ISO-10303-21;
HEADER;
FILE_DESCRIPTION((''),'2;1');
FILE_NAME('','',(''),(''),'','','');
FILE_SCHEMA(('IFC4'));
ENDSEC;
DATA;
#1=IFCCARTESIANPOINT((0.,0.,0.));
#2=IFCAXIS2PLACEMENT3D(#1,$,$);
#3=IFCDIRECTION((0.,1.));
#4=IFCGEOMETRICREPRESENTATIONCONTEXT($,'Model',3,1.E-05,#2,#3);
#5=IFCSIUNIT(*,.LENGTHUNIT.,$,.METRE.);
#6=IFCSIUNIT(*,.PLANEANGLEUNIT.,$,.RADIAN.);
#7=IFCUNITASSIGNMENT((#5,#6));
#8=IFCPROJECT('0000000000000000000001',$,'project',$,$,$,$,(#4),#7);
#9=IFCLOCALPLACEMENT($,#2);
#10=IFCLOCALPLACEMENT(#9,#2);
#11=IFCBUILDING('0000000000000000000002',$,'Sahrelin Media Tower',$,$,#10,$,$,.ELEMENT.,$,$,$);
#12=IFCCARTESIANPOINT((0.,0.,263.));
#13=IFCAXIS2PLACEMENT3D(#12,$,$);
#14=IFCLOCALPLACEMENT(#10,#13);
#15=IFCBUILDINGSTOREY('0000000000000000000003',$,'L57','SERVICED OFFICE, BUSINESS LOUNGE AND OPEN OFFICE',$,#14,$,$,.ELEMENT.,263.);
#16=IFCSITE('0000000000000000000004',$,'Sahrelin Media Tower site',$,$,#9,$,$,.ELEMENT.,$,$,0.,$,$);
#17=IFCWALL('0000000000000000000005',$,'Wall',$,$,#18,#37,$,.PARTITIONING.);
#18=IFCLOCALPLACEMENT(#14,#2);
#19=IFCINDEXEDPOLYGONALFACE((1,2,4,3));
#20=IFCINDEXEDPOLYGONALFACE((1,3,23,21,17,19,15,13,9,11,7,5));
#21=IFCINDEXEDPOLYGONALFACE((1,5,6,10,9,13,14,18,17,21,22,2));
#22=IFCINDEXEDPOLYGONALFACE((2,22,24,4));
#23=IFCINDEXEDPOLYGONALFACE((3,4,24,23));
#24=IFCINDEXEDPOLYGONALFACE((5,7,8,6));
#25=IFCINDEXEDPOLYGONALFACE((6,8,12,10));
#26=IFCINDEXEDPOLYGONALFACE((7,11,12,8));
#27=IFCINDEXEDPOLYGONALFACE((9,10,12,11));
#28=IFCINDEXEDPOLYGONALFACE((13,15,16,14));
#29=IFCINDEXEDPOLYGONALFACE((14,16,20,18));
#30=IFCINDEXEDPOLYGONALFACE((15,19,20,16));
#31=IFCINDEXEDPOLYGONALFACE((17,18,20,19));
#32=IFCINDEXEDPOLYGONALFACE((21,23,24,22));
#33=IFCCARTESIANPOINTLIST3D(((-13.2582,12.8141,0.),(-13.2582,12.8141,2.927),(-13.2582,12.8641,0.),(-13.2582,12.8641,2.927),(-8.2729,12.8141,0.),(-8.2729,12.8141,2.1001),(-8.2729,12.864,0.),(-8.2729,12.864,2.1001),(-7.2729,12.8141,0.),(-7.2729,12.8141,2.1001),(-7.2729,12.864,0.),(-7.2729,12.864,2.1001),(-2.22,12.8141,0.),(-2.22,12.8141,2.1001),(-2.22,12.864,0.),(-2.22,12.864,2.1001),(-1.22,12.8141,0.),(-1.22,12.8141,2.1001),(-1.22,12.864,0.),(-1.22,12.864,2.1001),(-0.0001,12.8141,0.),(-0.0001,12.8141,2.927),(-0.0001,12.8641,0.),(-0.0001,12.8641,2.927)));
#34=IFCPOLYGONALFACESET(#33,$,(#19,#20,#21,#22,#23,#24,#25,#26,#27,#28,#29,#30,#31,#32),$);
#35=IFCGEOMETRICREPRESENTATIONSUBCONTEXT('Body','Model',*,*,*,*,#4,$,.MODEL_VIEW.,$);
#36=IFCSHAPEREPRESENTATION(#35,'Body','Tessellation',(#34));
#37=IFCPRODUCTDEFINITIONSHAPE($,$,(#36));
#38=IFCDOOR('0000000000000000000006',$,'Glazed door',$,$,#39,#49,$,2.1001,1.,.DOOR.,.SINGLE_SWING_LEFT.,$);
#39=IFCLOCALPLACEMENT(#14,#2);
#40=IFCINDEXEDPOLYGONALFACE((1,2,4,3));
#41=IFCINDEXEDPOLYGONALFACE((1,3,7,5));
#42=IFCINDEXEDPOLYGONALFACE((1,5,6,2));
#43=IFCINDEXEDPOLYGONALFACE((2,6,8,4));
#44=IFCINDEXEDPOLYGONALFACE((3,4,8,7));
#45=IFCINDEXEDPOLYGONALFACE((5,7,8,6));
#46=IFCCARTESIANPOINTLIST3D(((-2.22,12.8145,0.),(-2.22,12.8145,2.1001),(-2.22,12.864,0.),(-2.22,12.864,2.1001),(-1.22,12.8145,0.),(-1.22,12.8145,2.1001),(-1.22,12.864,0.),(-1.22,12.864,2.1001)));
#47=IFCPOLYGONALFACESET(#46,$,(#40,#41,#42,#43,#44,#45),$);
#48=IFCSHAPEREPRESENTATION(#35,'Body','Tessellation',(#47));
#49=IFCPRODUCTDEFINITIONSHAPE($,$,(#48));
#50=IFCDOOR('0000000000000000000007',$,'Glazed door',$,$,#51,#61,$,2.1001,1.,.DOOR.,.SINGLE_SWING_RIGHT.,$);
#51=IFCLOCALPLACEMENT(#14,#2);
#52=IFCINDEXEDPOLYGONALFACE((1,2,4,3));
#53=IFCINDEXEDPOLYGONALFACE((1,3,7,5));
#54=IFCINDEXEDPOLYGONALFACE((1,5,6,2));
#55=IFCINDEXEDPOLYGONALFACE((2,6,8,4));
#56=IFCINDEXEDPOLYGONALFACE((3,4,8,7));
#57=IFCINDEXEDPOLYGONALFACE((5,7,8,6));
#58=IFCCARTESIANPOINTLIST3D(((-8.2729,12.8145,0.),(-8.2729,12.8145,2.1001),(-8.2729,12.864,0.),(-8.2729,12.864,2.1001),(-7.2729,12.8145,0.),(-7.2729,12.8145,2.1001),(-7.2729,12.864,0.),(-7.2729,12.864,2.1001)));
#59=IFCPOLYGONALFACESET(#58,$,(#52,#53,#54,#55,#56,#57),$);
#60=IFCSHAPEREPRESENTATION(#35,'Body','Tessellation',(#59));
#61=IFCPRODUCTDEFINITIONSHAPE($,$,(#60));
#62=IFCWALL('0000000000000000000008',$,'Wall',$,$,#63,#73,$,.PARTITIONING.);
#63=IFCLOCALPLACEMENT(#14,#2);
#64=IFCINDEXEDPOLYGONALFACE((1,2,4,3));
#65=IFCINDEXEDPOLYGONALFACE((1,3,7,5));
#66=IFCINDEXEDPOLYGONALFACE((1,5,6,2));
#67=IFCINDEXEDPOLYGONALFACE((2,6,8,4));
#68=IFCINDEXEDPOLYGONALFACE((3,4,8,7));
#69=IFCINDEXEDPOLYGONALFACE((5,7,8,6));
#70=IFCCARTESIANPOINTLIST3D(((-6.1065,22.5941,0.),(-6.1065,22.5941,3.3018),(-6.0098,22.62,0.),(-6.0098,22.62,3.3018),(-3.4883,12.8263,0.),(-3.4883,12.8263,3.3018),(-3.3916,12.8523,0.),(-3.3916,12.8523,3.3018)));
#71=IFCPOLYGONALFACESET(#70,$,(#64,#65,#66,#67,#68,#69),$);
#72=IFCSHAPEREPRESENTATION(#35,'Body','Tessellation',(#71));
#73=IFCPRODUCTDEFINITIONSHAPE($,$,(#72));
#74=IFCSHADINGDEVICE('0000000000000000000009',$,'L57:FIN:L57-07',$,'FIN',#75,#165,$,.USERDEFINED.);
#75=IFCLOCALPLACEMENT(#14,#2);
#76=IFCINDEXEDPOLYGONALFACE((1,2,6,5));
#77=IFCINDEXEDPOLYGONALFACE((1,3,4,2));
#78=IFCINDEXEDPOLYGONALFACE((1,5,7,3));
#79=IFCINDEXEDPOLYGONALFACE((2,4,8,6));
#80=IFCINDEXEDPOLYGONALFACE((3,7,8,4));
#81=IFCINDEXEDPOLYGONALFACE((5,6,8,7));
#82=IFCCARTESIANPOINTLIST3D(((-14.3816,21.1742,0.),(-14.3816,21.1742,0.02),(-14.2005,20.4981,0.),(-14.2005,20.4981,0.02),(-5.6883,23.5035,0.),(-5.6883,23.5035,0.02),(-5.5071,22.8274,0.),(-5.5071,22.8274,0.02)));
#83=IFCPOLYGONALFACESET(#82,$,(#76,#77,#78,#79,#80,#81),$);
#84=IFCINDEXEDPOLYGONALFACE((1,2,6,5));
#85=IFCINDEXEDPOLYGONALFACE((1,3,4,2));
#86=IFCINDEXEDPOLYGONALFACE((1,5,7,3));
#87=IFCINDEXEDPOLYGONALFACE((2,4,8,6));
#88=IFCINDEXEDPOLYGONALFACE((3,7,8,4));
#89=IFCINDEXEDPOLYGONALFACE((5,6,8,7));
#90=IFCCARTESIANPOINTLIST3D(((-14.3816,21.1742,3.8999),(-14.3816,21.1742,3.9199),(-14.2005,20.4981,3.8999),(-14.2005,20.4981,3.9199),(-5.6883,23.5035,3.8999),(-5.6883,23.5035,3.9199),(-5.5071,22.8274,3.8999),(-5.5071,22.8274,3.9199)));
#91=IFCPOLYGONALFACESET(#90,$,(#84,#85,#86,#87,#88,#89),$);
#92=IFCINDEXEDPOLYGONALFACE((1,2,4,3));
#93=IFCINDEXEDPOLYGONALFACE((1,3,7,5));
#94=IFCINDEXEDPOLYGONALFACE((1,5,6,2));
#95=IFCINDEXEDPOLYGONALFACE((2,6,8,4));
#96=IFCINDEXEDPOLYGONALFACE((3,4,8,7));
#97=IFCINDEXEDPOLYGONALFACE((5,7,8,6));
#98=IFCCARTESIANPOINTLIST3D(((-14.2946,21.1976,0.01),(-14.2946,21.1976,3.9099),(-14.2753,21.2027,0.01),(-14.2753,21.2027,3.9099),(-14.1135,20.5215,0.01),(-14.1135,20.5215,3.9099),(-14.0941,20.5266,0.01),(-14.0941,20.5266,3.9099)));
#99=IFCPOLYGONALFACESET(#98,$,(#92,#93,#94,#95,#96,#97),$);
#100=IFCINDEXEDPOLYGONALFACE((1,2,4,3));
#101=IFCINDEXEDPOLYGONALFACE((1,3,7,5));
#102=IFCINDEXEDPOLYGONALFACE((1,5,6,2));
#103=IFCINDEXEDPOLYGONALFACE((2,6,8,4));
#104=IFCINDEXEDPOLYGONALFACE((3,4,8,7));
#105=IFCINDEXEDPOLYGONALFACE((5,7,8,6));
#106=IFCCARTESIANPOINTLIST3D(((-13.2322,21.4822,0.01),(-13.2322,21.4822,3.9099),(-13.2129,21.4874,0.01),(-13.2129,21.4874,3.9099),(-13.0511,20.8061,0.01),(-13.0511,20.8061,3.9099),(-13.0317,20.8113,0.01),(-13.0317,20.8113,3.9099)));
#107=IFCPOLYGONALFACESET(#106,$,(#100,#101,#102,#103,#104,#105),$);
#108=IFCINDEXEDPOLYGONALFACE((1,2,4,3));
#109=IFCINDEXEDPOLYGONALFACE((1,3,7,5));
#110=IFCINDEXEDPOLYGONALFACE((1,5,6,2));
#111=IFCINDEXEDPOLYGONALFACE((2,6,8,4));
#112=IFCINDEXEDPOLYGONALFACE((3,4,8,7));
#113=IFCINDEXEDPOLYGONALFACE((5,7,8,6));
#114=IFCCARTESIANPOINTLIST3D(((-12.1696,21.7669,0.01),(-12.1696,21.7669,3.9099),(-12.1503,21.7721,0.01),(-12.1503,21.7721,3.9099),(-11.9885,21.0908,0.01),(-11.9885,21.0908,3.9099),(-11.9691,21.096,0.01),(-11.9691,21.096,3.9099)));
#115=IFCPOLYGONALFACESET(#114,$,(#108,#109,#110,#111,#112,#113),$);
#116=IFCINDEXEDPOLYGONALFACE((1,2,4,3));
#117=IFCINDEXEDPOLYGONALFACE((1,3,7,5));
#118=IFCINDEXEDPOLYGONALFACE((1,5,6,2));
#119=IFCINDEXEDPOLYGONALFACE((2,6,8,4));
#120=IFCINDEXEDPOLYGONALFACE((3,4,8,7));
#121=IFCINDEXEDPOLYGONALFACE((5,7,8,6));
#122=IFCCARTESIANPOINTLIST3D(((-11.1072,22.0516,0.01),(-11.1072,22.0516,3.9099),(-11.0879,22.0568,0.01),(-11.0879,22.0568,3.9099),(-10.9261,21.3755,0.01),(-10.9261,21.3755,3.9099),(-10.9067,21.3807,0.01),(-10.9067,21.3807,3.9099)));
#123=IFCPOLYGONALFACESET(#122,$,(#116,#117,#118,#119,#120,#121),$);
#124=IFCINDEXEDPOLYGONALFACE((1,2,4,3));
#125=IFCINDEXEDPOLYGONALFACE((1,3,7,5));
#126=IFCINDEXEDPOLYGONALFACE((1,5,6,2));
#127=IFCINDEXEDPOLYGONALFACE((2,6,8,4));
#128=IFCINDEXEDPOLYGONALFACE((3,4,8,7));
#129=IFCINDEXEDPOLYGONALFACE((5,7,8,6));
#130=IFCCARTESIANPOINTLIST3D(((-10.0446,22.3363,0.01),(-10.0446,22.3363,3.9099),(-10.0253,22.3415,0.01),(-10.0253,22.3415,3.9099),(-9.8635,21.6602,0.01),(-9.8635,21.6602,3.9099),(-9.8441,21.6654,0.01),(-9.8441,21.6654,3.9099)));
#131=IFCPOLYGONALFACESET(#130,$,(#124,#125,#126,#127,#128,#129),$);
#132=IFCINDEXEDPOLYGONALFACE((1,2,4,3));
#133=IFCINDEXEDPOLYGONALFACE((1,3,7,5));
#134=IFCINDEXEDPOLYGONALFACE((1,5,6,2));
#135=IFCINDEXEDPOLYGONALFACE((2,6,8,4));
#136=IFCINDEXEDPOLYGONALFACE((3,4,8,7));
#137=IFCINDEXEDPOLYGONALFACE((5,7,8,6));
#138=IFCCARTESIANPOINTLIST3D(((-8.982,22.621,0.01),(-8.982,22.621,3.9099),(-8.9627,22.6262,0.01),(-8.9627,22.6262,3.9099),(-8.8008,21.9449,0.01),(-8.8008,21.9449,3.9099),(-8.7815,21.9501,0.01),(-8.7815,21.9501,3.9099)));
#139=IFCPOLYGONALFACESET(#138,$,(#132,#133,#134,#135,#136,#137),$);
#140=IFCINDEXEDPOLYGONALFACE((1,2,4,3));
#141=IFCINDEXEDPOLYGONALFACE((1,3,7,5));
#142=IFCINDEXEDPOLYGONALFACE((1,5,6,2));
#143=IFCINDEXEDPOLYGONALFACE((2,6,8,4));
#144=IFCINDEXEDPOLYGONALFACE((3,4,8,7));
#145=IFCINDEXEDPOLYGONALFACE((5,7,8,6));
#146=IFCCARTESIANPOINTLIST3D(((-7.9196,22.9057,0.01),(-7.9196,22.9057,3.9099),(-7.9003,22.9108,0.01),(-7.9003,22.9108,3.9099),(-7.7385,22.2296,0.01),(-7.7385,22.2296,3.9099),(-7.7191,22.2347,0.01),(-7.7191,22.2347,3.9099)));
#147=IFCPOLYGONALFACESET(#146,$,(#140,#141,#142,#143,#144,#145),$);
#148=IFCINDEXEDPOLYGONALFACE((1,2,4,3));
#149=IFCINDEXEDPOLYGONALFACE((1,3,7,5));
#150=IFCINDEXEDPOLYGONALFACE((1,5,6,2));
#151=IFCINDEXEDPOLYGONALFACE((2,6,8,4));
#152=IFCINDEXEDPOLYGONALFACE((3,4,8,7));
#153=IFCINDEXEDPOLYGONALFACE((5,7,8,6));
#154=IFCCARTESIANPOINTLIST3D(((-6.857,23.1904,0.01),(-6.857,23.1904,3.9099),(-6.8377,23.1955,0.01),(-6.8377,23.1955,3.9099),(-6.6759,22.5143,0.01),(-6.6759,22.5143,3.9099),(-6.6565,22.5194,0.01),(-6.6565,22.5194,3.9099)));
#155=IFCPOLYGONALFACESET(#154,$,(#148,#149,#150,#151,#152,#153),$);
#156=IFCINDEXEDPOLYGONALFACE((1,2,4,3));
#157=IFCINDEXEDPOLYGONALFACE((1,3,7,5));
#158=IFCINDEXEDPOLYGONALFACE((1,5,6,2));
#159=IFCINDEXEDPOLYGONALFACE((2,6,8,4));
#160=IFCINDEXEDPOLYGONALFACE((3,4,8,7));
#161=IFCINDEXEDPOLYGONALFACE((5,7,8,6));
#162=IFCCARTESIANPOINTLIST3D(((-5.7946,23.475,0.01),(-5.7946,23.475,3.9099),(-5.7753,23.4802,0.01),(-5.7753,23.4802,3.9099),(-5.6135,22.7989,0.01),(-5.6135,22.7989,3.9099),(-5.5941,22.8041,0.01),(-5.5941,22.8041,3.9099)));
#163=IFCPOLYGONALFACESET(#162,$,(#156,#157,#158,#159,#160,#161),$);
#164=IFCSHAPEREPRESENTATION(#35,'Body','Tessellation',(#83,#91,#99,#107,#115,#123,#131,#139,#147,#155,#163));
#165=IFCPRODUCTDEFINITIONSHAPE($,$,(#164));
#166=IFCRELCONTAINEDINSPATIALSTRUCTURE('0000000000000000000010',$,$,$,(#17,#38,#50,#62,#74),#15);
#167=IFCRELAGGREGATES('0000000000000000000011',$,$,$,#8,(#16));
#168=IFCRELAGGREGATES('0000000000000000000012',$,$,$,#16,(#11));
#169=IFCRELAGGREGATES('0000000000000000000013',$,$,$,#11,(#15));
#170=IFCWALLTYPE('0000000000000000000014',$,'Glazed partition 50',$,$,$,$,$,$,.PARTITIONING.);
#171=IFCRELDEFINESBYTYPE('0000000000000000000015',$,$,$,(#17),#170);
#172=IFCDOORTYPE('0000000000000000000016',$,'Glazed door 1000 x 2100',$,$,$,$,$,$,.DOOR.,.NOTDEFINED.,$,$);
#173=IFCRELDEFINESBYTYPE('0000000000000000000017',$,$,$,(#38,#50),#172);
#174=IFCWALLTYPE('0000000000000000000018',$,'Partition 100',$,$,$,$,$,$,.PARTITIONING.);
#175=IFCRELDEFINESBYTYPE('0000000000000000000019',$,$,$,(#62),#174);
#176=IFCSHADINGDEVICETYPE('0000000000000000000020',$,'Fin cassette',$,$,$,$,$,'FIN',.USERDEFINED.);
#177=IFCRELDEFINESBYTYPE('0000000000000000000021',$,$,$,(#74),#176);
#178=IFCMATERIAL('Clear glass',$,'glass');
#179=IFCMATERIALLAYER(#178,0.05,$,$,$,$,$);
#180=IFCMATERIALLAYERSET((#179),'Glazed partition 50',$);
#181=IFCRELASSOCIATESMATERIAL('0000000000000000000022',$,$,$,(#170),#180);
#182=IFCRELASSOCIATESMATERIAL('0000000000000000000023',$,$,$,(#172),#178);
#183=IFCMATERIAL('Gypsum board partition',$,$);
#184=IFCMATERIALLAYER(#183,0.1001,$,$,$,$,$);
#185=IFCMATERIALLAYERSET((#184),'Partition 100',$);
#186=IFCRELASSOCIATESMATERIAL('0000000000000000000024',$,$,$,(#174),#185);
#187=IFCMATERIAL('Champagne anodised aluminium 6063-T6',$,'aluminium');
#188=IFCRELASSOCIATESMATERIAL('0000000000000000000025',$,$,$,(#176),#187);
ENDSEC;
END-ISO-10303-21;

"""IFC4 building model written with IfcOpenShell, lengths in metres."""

from ifc_helpers import new_model, si_unit, direction, frame, frame_2d, origin, origin_2d, place, context, subcontext, project, spatial, rectangle, extrude, material, layer, layer_set, type_object, element, fill, save


model = new_model("IFC4")

# Units and contexts
model_context = context("Model", 3, precision=1e-05, world=origin(), true_north=direction((0.0, 1.0)))
body_context = subcontext(model_context, "Body", "Model", "MODEL_VIEW")
ifc_project = project(units=[si_unit("LENGTHUNIT", "METRE"), si_unit("PLANEANGLEUNIT", "RADIAN")], contexts=[model_context])

# Site, building, storey
site_placement = place(None, origin())
site = spatial("IfcSite", under=ifc_project, at=site_placement, Name="Sahrelin Media Tower site", CompositionType="ELEMENT", RefElevation=0.0)
building_placement = place(site_placement, origin())
building = spatial("IfcBuilding", under=site, at=building_placement, Name="Sahrelin Media Tower", CompositionType="ELEMENT")
storey_placement = place(building_placement, frame((0.0, 0.0, 263.0)))
storey = spatial("IfcBuildingStorey", under=building, at=storey_placement, Name="L57", Description="SERVICED OFFICE, BUSINESS LOUNGE AND OPEN OFFICE", CompositionType="ELEMENT", Elevation=263.0)

# Shared definitions
ifc_material_1 = material(Name="Champagne anodised aluminium 6063-T6", Category="aluminium")

# Shared definitions
ifc_material_2 = material(Name="Clear glass", Category="glass")
ifc_layer_1 = layer(ifc_material_2, 0.05)
ifc_layer_set_1 = layer_set([ifc_layer_1], Name="Glazed partition 50")
wall_type_1 = type_object("IfcWallType", Name="Glazed partition 50", PredefinedType="PARTITIONING", material=ifc_layer_set_1)

# Wall, openings, doors
wall_1_placement = place(storey_placement, frame((-13.2581, 12.8391, 0.0), z_axis=(0.0, 0.0, 1.0), x_axis=(1.0, 0.0, 0.0)))
wall_1 = element("IfcWall", 1, at=wall_1_placement, inside=storey, type_object=wall_type_1, Name="Wall", PredefinedType="PARTITIONING", context=body_context, shape_type="SweptSolid", body=[
    extrude(rectangle(XDim=13.2581, YDim=0.05, at=frame_2d((6.6289, 0.0))), origin(), (0.0, 0.0, 1.0), 2.927),
])
opening_1_placement = place(wall_1_placement, frame((11.0381, 0.0, 0.0)))
opening_1 = element("IfcOpeningElement", 2, at=opening_1_placement, cuts=wall_1, PredefinedType="OPENING", context=body_context, shape_type="SweptSolid", body=[
    extrude(rectangle(XDim=1.0, YDim=2.1001, at=frame_2d((0.5, 1.05))), frame((0.0, 0.0249, 0.0), z_axis=(0.0, -1.0, 0.0), x_axis=(1.0, 0.0, 0.0)), (0.0, 0.0, 1.0), 0.05),
])
opening_2_placement = place(wall_1_placement, frame((4.9851, 0.0, 0.0)))
opening_2 = element("IfcOpeningElement", 3, at=opening_2_placement, cuts=wall_1, PredefinedType="OPENING", context=body_context, shape_type="SweptSolid", body=[
    extrude(rectangle(XDim=1.0, YDim=2.1001, at=frame_2d((0.5, 1.05))), frame((0.0, 0.0249, 0.0), z_axis=(0.0, -1.0, 0.0), x_axis=(1.0, 0.0, 0.0)), (0.0, 0.0, 1.0), 0.05),
])
door_type_1 = type_object("IfcDoorType", Name="Glazed door 1000 x 2100", OperationType="NOTDEFINED", PredefinedType="DOOR", material=ifc_material_2)
door_1_placement = place(opening_1_placement, origin())
door_1 = element("IfcDoor", 4, at=door_1_placement, inside=storey, type_object=door_type_1, Name="Glazed door", OperationType="SINGLE_SWING_LEFT", OverallHeight=2.1001, OverallWidth=1.0, PredefinedType="DOOR", context=body_context, shape_type="SweptSolid", body=[
    extrude(rectangle(XDim=1.0, YDim=2.1001, at=frame_2d((0.5, 1.05))), frame((0.0, 0.0249, 0.0), z_axis=(0.0, -1.0, 0.0), x_axis=(1.0, 0.0, 0.0)), (0.0, 0.0, 1.0), 0.0496),
])
fill(opening_1, door_1)
door_2_placement = place(opening_2_placement, origin())
door_2 = element("IfcDoor", 5, at=door_2_placement, inside=storey, type_object=door_type_1, Name="Glazed door", OperationType="SINGLE_SWING_RIGHT", OverallHeight=2.1001, OverallWidth=1.0, PredefinedType="DOOR", context=body_context, shape_type="SweptSolid", body=[
    extrude(rectangle(XDim=1.0, YDim=2.1001, at=frame_2d((0.5, 1.05))), frame((0.0, 0.0249, 0.0), z_axis=(0.0, -1.0, 0.0), x_axis=(1.0, 0.0, 0.0)), (0.0, 0.0, 1.0), 0.0496),
])
fill(opening_2, door_2)

# Wall
ifc_material_3 = material(Name="Gypsum board partition")
ifc_layer_2 = layer(ifc_material_3, 0.1001)
ifc_layer_set_2 = layer_set([ifc_layer_2], Name="Partition 100")
wall_type_2 = type_object("IfcWallType", Name="Partition 100", PredefinedType="PARTITIONING", material=ifc_layer_set_2)
wall_2_placement = place(storey_placement, frame((-6.0581, 22.6069, 0.0), z_axis=(0.0, 0.0, 1.0), x_axis=(0.258901, -0.965904, 0.0)))
element("IfcWall", 6, at=wall_2_placement, inside=storey, type_object=wall_type_2, Name="Wall", PredefinedType="PARTITIONING", context=body_context, shape_type="SweptSolid", body=[
    extrude(rectangle(XDim=10.1125, YDim=0.1001, at=frame_2d((5.0562, 0.0))), origin(), (0.0, 0.0, 1.0), 3.3018),
])

# Shading device
shading_device_type_1 = type_object("IfcShadingDeviceType", Name="Fin cassette", ElementType="FIN", PredefinedType="USERDEFINED", material=ifc_material_1)
placement = place(storey_placement, frame((-9.8357, 21.5952, 0.0), z_axis=(0.0, 0.0, 1.0), x_axis=(0.965929, 0.258808, 0.0)))
element("IfcShadingDevice", 7, at=placement, inside=storey, type_object=shading_device_type_1, Name="L57:FIN:L57-07", ObjectType="FIN", PredefinedType="USERDEFINED", context=body_context, shape_type="SweptSolid", body=[
    extrude(rectangle(XDim=9.0, YDim=0.7, at=origin_2d()), frame((0.0, 0.4199, 0.0)), (0.0, 0.0, 1.0), 0.02),
    extrude(rectangle(XDim=9.0, YDim=0.7, at=origin_2d()), frame((0.0, 0.4199, 3.8999)), (0.0, 0.0, 1.0), 0.02),
    extrude(rectangle(XDim=0.02, YDim=0.7, at=origin_2d()), frame((-4.3999, 0.4199, 0.01), z_axis=(0.0, 0.0, 1.0), x_axis=(1.0, 0.0, 0.0)), (0.0, 0.0, 1.0), 3.8999),
    extrude(rectangle(XDim=0.02, YDim=0.7, at=origin_2d()), frame((-3.3, 0.4199, 0.01), z_axis=(0.0, 0.0, 1.0), x_axis=(1.0, 0.0, 0.0)), (0.0, 0.0, 1.0), 3.8999),
    extrude(rectangle(XDim=0.02, YDim=0.7, at=origin_2d()), frame((-2.2, 0.4199, 0.01), z_axis=(0.0, 0.0, 1.0), x_axis=(1.0, 0.0, 0.0)), (0.0, 0.0, 1.0), 3.8999),
    extrude(rectangle(XDim=0.02, YDim=0.7, at=origin_2d()), frame((-1.1001, 0.4199, 0.01), z_axis=(0.0, 0.0, 1.0), x_axis=(1.0, 0.0, 0.0)), (0.0, 0.0, 1.0), 3.8999),
    extrude(rectangle(XDim=0.02, YDim=0.7, at=origin_2d()), frame((0.0, 0.4199, 0.01), z_axis=(0.0, 0.0, 1.0), x_axis=(1.0, 0.0, 0.0)), (0.0, 0.0, 1.0), 3.8999),
    extrude(rectangle(XDim=0.02, YDim=0.7, at=origin_2d()), frame((1.1001, 0.4199, 0.01), z_axis=(0.0, 0.0, 1.0), x_axis=(1.0, 0.0, 0.0)), (0.0, 0.0, 1.0), 3.8999),
    extrude(rectangle(XDim=0.02, YDim=0.7, at=origin_2d()), frame((2.2, 0.4199, 0.01), z_axis=(0.0, 0.0, 1.0), x_axis=(1.0, 0.0, 0.0)), (0.0, 0.0, 1.0), 3.8999),
    extrude(rectangle(XDim=0.02, YDim=0.7, at=origin_2d()), frame((3.3, 0.4199, 0.01), z_axis=(0.0, 0.0, 1.0), x_axis=(1.0, 0.0, 0.0)), (0.0, 0.0, 1.0), 3.8999),
    extrude(rectangle(XDim=0.02, YDim=0.7, at=origin_2d()), frame((4.3999, 0.4199, 0.01), z_axis=(0.0, 0.0, 1.0), x_axis=(1.0, 0.0, 0.0)), (0.0, 0.0, 1.0), 3.8999),
])

save(model, "model.ifc")
